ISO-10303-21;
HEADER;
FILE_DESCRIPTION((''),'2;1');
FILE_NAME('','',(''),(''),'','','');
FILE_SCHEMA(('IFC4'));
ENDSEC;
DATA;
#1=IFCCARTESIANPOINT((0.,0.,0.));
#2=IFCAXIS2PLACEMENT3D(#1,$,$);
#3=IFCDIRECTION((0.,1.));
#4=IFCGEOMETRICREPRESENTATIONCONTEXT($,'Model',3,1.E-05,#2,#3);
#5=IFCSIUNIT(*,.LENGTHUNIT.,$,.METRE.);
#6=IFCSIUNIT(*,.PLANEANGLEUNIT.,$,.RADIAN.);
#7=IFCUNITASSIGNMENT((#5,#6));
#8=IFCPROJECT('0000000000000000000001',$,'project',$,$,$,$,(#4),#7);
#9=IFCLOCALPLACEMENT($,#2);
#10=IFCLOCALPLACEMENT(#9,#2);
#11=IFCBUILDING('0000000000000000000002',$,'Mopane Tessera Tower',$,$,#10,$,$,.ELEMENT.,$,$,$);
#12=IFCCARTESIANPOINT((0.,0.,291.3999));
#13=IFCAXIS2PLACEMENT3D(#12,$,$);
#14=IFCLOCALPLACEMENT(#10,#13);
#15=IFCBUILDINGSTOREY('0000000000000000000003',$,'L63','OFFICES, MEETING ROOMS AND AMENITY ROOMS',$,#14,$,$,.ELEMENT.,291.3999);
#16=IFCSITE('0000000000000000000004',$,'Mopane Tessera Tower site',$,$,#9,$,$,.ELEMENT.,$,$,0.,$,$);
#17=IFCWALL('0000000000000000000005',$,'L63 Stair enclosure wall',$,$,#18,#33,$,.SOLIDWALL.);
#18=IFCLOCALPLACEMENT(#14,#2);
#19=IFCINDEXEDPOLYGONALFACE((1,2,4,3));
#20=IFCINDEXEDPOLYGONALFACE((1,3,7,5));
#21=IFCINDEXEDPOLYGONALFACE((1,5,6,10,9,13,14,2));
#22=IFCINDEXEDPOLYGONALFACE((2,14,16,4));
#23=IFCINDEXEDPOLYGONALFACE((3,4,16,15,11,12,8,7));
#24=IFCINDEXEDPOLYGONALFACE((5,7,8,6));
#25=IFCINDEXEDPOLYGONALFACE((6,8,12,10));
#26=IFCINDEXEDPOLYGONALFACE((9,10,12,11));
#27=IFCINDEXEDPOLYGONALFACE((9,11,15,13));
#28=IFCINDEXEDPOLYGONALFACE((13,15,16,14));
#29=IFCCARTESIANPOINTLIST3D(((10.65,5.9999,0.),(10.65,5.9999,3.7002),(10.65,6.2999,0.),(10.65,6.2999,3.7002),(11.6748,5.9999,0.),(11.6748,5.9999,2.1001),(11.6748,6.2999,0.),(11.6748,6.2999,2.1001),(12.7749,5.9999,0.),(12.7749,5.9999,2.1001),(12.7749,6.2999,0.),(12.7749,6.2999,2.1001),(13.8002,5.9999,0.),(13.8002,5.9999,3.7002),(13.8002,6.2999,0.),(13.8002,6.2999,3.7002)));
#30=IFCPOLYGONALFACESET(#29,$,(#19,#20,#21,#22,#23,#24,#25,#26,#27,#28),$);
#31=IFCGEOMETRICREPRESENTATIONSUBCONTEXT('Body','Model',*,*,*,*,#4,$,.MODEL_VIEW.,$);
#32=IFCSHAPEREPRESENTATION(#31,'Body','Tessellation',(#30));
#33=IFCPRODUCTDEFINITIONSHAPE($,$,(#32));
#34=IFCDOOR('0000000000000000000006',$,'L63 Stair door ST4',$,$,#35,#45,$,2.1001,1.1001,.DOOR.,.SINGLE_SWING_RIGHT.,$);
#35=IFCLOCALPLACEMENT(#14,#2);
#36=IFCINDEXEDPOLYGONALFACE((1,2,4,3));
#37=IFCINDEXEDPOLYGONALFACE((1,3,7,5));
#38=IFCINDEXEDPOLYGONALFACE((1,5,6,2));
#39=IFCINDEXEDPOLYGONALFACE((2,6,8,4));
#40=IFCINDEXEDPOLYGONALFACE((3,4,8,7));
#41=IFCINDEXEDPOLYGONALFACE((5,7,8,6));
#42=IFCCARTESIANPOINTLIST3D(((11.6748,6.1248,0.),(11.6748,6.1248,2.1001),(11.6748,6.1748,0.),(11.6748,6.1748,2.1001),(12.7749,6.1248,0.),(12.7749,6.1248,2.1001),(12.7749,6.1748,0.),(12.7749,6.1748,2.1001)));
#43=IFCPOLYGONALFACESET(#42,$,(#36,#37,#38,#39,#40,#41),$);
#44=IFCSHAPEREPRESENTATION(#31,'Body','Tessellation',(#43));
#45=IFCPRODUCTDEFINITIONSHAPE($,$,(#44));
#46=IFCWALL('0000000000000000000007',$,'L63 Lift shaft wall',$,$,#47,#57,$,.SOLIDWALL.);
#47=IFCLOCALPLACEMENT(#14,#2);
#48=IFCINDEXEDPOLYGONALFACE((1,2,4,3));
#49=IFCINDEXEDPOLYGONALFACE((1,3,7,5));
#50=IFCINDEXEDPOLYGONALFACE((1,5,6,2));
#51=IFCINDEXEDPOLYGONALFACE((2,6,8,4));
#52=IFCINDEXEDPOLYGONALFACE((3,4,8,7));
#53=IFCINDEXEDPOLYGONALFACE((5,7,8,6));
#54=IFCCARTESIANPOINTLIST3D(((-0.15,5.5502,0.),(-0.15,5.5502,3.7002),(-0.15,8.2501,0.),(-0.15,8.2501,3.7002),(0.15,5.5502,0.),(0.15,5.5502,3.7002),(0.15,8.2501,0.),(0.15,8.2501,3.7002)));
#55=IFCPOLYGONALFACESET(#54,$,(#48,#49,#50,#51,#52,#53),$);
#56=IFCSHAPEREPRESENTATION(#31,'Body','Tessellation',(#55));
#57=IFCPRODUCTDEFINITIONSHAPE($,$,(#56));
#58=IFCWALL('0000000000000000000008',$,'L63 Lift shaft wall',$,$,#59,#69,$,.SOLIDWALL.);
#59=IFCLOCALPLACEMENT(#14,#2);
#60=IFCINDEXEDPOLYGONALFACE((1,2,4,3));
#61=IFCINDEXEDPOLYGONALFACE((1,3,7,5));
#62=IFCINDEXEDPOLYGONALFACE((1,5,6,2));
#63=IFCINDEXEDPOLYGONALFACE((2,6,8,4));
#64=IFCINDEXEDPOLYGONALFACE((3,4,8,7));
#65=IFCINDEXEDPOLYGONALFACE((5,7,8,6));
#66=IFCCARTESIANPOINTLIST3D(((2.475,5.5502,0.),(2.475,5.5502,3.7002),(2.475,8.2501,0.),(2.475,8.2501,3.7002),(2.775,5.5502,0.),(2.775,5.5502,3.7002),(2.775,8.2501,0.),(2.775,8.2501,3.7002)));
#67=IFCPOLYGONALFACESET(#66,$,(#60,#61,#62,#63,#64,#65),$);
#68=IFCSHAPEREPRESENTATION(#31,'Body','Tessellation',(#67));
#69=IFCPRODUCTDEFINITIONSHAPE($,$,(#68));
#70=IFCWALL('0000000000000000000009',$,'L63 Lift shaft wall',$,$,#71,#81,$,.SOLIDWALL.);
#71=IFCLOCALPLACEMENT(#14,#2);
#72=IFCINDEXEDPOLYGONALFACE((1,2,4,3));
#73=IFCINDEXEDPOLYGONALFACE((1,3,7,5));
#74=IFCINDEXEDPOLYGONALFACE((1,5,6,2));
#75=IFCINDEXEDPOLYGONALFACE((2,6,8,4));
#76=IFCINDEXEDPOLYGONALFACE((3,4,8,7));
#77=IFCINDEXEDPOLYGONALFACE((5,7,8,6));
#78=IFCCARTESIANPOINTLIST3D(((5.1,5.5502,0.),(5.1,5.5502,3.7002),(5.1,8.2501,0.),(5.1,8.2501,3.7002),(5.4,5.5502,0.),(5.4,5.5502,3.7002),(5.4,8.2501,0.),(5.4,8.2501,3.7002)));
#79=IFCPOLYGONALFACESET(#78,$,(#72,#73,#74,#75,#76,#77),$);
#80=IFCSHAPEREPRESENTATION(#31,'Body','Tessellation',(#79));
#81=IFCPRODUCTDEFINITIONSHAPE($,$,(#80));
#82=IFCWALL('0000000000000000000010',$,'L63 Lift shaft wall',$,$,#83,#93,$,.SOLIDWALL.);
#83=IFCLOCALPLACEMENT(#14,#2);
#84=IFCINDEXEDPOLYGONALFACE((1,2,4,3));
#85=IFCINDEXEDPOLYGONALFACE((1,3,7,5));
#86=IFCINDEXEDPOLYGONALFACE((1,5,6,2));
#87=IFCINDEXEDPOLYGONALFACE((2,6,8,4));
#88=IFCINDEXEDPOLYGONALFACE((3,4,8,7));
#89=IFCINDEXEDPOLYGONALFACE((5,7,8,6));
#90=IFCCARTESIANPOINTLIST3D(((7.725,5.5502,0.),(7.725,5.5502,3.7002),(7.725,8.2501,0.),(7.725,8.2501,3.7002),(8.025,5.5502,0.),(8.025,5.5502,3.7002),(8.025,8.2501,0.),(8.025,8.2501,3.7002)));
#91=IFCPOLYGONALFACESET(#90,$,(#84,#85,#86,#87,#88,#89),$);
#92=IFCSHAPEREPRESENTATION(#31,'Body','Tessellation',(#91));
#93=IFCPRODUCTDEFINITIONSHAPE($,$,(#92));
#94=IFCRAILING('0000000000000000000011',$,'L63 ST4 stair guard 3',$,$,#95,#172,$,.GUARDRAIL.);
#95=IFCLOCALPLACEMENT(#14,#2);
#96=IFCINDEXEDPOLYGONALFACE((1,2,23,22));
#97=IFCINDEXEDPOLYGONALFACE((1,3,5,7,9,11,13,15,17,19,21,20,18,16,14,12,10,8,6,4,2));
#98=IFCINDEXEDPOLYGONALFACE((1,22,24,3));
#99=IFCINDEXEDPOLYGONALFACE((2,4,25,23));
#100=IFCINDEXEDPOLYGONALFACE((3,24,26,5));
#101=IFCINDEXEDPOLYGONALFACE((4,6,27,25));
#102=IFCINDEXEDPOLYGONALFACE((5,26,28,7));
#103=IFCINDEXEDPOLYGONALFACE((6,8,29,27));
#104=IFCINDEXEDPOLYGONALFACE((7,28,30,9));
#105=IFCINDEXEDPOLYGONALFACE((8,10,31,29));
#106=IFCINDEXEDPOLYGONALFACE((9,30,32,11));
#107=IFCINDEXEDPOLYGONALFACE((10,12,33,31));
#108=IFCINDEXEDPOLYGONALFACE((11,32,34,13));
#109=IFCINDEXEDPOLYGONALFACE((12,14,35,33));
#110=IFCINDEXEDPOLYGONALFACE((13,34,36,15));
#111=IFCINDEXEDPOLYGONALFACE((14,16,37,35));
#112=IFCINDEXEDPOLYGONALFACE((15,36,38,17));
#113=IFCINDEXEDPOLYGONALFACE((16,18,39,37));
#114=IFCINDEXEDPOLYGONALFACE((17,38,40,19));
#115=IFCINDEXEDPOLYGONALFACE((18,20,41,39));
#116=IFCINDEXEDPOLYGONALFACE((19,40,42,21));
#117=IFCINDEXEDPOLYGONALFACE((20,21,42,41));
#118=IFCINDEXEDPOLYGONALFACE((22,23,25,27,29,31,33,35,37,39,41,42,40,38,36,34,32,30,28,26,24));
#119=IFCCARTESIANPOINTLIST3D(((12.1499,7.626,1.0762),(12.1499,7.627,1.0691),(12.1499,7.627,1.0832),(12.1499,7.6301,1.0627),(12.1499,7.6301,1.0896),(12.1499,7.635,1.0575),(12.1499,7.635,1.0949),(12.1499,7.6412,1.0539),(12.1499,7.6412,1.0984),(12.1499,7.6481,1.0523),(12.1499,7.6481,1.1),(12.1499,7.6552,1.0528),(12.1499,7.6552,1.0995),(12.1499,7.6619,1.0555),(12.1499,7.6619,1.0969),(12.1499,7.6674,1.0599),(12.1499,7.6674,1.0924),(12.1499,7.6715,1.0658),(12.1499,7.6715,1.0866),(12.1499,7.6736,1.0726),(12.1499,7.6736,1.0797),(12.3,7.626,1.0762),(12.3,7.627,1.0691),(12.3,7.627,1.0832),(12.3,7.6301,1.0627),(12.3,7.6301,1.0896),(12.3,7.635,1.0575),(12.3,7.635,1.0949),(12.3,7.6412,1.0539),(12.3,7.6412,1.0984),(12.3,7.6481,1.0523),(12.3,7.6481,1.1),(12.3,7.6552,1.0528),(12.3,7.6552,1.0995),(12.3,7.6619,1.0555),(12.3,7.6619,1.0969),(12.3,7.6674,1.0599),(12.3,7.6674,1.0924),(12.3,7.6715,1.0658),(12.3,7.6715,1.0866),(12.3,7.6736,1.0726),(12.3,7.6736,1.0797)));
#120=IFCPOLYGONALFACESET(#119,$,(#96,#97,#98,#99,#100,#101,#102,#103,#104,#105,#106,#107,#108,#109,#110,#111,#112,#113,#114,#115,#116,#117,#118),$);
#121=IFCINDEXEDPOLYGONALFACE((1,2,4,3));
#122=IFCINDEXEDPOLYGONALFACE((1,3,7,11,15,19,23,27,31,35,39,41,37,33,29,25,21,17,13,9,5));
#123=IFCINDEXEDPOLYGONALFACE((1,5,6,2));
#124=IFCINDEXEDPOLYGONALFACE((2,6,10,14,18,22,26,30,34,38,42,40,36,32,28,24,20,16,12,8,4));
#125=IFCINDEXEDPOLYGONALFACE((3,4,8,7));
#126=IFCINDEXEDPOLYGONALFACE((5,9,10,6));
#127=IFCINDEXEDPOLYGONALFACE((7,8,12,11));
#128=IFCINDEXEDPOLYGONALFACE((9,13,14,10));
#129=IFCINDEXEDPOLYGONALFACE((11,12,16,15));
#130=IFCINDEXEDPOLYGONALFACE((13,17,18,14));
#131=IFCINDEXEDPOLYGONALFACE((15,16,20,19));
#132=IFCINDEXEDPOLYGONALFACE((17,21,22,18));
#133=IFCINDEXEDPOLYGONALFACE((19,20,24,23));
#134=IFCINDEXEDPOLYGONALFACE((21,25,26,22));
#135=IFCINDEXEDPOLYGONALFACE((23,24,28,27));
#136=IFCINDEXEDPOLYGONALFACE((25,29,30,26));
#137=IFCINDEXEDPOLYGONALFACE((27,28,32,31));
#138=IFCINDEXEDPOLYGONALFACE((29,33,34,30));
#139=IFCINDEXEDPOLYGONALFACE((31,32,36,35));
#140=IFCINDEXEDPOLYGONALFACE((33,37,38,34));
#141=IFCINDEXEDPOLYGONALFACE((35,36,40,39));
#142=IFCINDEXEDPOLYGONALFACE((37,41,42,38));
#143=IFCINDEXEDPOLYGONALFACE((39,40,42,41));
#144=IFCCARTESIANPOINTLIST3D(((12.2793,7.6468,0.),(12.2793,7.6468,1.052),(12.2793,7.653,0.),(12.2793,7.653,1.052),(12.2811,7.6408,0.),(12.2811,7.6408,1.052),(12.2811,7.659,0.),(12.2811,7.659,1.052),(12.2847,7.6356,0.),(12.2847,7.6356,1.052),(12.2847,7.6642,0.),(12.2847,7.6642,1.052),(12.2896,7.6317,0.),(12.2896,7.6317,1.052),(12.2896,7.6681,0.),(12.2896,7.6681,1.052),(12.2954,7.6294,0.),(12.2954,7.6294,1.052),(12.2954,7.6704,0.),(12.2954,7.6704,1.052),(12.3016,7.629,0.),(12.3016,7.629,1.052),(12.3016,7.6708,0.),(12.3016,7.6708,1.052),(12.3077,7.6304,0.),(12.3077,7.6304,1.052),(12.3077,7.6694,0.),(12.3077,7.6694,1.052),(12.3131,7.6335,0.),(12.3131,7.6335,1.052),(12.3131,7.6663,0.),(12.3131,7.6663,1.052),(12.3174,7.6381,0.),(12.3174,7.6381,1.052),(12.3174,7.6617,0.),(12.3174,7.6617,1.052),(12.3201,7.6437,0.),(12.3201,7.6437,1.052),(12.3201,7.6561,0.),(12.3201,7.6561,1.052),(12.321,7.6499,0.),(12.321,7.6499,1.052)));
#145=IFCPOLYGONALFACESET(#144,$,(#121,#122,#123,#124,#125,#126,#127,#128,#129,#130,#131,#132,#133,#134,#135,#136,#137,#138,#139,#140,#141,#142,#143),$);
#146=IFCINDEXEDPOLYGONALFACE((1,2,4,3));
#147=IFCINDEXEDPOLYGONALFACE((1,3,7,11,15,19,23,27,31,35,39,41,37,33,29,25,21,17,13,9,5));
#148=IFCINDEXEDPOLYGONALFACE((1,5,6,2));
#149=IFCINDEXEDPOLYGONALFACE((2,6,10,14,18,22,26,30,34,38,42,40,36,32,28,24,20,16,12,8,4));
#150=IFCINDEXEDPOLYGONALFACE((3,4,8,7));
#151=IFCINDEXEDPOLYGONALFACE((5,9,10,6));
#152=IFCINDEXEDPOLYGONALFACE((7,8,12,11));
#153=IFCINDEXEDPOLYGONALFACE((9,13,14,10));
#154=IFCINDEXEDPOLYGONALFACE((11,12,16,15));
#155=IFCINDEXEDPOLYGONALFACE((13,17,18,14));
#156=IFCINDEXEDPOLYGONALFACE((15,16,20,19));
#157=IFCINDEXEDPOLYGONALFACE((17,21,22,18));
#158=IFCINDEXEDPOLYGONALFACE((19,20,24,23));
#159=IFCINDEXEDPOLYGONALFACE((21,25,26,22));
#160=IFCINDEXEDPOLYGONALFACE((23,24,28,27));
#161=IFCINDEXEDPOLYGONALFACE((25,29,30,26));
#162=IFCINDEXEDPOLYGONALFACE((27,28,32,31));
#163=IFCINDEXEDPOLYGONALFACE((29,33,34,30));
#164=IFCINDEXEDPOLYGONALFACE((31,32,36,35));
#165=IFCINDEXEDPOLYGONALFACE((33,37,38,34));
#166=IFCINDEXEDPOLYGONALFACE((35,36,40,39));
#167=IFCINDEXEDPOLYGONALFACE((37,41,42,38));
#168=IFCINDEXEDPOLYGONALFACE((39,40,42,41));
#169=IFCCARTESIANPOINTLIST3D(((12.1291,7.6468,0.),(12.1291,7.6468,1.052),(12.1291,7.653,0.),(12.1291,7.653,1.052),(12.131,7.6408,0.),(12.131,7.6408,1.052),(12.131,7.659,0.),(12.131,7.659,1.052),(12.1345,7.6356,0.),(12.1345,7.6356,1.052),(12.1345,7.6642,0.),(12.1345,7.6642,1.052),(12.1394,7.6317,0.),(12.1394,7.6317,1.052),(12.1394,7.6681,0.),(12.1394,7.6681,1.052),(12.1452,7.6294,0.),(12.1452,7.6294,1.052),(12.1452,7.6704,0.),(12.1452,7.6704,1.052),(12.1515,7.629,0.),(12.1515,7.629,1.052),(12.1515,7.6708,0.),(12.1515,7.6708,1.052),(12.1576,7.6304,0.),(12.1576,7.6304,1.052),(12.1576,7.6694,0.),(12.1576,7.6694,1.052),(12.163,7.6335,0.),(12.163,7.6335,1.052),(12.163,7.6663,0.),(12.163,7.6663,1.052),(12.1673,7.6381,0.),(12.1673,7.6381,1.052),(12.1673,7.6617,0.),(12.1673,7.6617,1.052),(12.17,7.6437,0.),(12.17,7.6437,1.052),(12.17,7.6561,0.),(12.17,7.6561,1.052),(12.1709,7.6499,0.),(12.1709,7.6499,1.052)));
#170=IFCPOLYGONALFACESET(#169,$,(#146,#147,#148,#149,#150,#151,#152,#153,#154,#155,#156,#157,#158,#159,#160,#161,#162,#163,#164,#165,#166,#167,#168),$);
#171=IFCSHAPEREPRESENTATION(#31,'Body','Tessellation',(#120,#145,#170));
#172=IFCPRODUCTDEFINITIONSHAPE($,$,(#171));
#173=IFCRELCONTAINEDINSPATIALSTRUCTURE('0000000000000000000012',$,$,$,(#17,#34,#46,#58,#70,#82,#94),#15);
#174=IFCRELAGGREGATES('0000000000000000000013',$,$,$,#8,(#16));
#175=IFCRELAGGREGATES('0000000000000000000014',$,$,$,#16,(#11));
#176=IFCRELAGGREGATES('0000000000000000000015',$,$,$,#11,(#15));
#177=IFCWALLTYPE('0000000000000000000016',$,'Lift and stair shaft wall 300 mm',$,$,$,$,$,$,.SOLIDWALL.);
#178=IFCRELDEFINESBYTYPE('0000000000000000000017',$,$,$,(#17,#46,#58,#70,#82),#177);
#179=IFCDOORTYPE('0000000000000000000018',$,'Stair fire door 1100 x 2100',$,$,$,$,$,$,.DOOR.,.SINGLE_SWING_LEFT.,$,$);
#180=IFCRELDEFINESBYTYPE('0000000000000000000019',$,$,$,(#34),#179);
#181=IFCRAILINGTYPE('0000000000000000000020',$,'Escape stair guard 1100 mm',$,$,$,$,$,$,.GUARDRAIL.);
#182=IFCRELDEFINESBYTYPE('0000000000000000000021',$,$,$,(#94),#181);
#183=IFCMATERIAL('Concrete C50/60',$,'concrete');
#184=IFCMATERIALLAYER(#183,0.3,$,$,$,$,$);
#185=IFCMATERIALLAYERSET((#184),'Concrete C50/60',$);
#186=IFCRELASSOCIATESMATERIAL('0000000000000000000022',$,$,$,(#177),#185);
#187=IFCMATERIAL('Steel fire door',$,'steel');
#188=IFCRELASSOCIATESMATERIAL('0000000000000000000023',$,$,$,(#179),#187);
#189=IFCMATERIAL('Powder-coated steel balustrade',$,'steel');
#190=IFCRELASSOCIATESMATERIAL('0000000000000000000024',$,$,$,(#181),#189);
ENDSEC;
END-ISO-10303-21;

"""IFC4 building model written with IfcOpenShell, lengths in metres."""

from ifc_helpers import new_model, si_unit, direction, frame, frame_2d, origin, origin_2d, place, context, subcontext, project, spatial, rectangle, circle, extrude, material, layer, layer_set, type_object, element, fill, save


model = new_model("IFC4")

# Units and contexts
model_context = context("Model", 3, precision=1e-05, world=origin(), true_north=direction((0.0, 1.0)))
body_context = subcontext(model_context, "Body", "Model", "MODEL_VIEW")
ifc_project = project(units=[si_unit("LENGTHUNIT", "METRE"), si_unit("PLANEANGLEUNIT", "RADIAN")], contexts=[model_context])

# Site, building, storey
site_placement = place(None, origin())
site = spatial("IfcSite", under=ifc_project, at=site_placement, Name="Mopane Tessera Tower site", CompositionType="ELEMENT", RefElevation=0.0)
building_placement = place(site_placement, origin())
building = spatial("IfcBuilding", under=site, at=building_placement, Name="Mopane Tessera Tower", CompositionType="ELEMENT")
storey_placement = place(building_placement, frame((0.0, 0.0, 291.3999)))
storey = spatial("IfcBuildingStorey", under=building, at=storey_placement, Name="L63", Description="OFFICES, MEETING ROOMS AND AMENITY ROOMS", CompositionType="ELEMENT", Elevation=291.3999)

# Wall, opening, door
ifc_material_1 = material(Name="Concrete C50/60", Category="concrete")
ifc_layer_1 = layer(ifc_material_1, 0.3)
ifc_layer_set_1 = layer_set([ifc_layer_1], Name="Concrete C50/60")
wall_type_1 = type_object("IfcWallType", Name="Lift and stair shaft wall 300 mm", PredefinedType="SOLIDWALL", material=ifc_layer_set_1)
ifc_material_2 = material(Name="Steel fire door", Category="steel")
door_type = type_object("IfcDoorType", Name="Stair fire door 1100 x 2100", OperationType="SINGLE_SWING_LEFT", PredefinedType="DOOR", material=ifc_material_2)
wall_1_placement = place(storey_placement, frame((10.6499, 6.1499, 0.0), z_axis=(0.0, 0.0, 1.0), x_axis=(1.0, 0.0, 0.0)))
wall_1 = element("IfcWall", 1, at=wall_1_placement, inside=storey, type_object=wall_type_1, Name="L63 Stair enclosure wall", PredefinedType="SOLIDWALL", context=body_context, shape_type="SweptSolid", body=[
    extrude(rectangle(XDim=3.1501, YDim=0.3, at=frame_2d((1.5752, 0.0))), origin(), (0.0, 0.0, 1.0), 3.7002),
])
opening_1_placement = place(wall_1_placement, frame((1.0249, 0.0, 0.0)))
opening_1 = element("IfcOpeningElement", 2, at=opening_1_placement, cuts=wall_1, PredefinedType="OPENING", context=body_context, shape_type="SweptSolid", body=[
    extrude(rectangle(XDim=1.1001, YDim=2.1001, at=frame_2d((0.55, 1.05))), frame((0.0, 0.1621, 0.0), z_axis=(0.0, -1.0, 0.0), x_axis=(1.0, 0.0, 0.0)), (0.0, 0.0, 1.0), 0.324),
])
door_1_placement = place(opening_1_placement, origin())
door_1 = element("IfcDoor", 3, at=door_1_placement, inside=storey, type_object=door_type, Name="L63 Stair door ST4", OperationType="SINGLE_SWING_RIGHT", OverallHeight=2.1001, OverallWidth=1.1001, PredefinedType="DOOR", context=body_context, shape_type="SweptSolid", body=[
    extrude(rectangle(XDim=1.1001, YDim=2.1001, at=frame_2d((0.55, 1.05))), frame((0.0, 0.0249, 0.0), z_axis=(0.0, -1.0, 0.0), x_axis=(1.0, 0.0, 0.0)), (0.0, 0.0, 1.0), 0.05),
])
fill(opening_1, door_1)

# Walls
for number, where, z_axis, x_axis, name in (
    (4, (0.0, 5.55, 0.0), (0.0, 0.0, 1.0), (0.0, 1.0, 0.0), "L63 Lift shaft wall"),
    (5, (2.625, 5.55, 0.0), (0.0, 0.0, 1.0), (0.0, 1.0, 0.0), "L63 Lift shaft wall"),
    (6, (5.25, 5.55, 0.0), (0.0, 0.0, 1.0), (0.0, 1.0, 0.0), "L63 Lift shaft wall"),
    (7, (7.875, 5.55, 0.0), (0.0, 0.0, 1.0), (0.0, 1.0, 0.0), "L63 Lift shaft wall"),
):
    element("IfcWall", number, at=place(storey_placement, frame(where, z_axis=z_axis, x_axis=x_axis)), inside=storey, type_object=wall_type_1, Name=name, PredefinedType="SOLIDWALL", context=body_context, shape_type="SweptSolid", body=[
        extrude(rectangle(XDim=2.7, YDim=0.3, at=frame_2d((1.3501, 0.0))), origin(), (0.0, 0.0, 1.0), 3.7002),
    ])

# Railing
ifc_material_3 = material(Name="Powder-coated steel balustrade", Category="steel")
railing_type = type_object("IfcRailingType", Name="Escape stair guard 1100 mm", PredefinedType="GUARDRAIL", material=ifc_material_3)
railing_placement = place(storey_placement, frame((12.3, 7.6499, 0.0)))
element("IfcRailing", 8, at=railing_placement, inside=storey, type_object=railing_type, Name="L63 ST4 stair guard 3", PredefinedType="GUARDRAIL", context=body_context, shape_type="SweptSolid", body=[
    extrude(circle(Radius=0.0239, at=origin_2d()), frame((0.0, 0.0, 1.0762), z_axis=(-1.0, 0.0, 0.0), x_axis=(0.0, -1.0, 0.0)), (0.0, 0.0, 1.0), 0.1501),
    extrude(circle(Radius=0.021, at=origin_2d()), origin(), (0.0, 0.0, 1.0), 1.052),
    extrude(circle(Radius=0.021, at=origin_2d()), frame((-0.1501, 0.0, 0.0)), (0.0, 0.0, 1.0), 1.052),
])

save(model, "model.ifc")
